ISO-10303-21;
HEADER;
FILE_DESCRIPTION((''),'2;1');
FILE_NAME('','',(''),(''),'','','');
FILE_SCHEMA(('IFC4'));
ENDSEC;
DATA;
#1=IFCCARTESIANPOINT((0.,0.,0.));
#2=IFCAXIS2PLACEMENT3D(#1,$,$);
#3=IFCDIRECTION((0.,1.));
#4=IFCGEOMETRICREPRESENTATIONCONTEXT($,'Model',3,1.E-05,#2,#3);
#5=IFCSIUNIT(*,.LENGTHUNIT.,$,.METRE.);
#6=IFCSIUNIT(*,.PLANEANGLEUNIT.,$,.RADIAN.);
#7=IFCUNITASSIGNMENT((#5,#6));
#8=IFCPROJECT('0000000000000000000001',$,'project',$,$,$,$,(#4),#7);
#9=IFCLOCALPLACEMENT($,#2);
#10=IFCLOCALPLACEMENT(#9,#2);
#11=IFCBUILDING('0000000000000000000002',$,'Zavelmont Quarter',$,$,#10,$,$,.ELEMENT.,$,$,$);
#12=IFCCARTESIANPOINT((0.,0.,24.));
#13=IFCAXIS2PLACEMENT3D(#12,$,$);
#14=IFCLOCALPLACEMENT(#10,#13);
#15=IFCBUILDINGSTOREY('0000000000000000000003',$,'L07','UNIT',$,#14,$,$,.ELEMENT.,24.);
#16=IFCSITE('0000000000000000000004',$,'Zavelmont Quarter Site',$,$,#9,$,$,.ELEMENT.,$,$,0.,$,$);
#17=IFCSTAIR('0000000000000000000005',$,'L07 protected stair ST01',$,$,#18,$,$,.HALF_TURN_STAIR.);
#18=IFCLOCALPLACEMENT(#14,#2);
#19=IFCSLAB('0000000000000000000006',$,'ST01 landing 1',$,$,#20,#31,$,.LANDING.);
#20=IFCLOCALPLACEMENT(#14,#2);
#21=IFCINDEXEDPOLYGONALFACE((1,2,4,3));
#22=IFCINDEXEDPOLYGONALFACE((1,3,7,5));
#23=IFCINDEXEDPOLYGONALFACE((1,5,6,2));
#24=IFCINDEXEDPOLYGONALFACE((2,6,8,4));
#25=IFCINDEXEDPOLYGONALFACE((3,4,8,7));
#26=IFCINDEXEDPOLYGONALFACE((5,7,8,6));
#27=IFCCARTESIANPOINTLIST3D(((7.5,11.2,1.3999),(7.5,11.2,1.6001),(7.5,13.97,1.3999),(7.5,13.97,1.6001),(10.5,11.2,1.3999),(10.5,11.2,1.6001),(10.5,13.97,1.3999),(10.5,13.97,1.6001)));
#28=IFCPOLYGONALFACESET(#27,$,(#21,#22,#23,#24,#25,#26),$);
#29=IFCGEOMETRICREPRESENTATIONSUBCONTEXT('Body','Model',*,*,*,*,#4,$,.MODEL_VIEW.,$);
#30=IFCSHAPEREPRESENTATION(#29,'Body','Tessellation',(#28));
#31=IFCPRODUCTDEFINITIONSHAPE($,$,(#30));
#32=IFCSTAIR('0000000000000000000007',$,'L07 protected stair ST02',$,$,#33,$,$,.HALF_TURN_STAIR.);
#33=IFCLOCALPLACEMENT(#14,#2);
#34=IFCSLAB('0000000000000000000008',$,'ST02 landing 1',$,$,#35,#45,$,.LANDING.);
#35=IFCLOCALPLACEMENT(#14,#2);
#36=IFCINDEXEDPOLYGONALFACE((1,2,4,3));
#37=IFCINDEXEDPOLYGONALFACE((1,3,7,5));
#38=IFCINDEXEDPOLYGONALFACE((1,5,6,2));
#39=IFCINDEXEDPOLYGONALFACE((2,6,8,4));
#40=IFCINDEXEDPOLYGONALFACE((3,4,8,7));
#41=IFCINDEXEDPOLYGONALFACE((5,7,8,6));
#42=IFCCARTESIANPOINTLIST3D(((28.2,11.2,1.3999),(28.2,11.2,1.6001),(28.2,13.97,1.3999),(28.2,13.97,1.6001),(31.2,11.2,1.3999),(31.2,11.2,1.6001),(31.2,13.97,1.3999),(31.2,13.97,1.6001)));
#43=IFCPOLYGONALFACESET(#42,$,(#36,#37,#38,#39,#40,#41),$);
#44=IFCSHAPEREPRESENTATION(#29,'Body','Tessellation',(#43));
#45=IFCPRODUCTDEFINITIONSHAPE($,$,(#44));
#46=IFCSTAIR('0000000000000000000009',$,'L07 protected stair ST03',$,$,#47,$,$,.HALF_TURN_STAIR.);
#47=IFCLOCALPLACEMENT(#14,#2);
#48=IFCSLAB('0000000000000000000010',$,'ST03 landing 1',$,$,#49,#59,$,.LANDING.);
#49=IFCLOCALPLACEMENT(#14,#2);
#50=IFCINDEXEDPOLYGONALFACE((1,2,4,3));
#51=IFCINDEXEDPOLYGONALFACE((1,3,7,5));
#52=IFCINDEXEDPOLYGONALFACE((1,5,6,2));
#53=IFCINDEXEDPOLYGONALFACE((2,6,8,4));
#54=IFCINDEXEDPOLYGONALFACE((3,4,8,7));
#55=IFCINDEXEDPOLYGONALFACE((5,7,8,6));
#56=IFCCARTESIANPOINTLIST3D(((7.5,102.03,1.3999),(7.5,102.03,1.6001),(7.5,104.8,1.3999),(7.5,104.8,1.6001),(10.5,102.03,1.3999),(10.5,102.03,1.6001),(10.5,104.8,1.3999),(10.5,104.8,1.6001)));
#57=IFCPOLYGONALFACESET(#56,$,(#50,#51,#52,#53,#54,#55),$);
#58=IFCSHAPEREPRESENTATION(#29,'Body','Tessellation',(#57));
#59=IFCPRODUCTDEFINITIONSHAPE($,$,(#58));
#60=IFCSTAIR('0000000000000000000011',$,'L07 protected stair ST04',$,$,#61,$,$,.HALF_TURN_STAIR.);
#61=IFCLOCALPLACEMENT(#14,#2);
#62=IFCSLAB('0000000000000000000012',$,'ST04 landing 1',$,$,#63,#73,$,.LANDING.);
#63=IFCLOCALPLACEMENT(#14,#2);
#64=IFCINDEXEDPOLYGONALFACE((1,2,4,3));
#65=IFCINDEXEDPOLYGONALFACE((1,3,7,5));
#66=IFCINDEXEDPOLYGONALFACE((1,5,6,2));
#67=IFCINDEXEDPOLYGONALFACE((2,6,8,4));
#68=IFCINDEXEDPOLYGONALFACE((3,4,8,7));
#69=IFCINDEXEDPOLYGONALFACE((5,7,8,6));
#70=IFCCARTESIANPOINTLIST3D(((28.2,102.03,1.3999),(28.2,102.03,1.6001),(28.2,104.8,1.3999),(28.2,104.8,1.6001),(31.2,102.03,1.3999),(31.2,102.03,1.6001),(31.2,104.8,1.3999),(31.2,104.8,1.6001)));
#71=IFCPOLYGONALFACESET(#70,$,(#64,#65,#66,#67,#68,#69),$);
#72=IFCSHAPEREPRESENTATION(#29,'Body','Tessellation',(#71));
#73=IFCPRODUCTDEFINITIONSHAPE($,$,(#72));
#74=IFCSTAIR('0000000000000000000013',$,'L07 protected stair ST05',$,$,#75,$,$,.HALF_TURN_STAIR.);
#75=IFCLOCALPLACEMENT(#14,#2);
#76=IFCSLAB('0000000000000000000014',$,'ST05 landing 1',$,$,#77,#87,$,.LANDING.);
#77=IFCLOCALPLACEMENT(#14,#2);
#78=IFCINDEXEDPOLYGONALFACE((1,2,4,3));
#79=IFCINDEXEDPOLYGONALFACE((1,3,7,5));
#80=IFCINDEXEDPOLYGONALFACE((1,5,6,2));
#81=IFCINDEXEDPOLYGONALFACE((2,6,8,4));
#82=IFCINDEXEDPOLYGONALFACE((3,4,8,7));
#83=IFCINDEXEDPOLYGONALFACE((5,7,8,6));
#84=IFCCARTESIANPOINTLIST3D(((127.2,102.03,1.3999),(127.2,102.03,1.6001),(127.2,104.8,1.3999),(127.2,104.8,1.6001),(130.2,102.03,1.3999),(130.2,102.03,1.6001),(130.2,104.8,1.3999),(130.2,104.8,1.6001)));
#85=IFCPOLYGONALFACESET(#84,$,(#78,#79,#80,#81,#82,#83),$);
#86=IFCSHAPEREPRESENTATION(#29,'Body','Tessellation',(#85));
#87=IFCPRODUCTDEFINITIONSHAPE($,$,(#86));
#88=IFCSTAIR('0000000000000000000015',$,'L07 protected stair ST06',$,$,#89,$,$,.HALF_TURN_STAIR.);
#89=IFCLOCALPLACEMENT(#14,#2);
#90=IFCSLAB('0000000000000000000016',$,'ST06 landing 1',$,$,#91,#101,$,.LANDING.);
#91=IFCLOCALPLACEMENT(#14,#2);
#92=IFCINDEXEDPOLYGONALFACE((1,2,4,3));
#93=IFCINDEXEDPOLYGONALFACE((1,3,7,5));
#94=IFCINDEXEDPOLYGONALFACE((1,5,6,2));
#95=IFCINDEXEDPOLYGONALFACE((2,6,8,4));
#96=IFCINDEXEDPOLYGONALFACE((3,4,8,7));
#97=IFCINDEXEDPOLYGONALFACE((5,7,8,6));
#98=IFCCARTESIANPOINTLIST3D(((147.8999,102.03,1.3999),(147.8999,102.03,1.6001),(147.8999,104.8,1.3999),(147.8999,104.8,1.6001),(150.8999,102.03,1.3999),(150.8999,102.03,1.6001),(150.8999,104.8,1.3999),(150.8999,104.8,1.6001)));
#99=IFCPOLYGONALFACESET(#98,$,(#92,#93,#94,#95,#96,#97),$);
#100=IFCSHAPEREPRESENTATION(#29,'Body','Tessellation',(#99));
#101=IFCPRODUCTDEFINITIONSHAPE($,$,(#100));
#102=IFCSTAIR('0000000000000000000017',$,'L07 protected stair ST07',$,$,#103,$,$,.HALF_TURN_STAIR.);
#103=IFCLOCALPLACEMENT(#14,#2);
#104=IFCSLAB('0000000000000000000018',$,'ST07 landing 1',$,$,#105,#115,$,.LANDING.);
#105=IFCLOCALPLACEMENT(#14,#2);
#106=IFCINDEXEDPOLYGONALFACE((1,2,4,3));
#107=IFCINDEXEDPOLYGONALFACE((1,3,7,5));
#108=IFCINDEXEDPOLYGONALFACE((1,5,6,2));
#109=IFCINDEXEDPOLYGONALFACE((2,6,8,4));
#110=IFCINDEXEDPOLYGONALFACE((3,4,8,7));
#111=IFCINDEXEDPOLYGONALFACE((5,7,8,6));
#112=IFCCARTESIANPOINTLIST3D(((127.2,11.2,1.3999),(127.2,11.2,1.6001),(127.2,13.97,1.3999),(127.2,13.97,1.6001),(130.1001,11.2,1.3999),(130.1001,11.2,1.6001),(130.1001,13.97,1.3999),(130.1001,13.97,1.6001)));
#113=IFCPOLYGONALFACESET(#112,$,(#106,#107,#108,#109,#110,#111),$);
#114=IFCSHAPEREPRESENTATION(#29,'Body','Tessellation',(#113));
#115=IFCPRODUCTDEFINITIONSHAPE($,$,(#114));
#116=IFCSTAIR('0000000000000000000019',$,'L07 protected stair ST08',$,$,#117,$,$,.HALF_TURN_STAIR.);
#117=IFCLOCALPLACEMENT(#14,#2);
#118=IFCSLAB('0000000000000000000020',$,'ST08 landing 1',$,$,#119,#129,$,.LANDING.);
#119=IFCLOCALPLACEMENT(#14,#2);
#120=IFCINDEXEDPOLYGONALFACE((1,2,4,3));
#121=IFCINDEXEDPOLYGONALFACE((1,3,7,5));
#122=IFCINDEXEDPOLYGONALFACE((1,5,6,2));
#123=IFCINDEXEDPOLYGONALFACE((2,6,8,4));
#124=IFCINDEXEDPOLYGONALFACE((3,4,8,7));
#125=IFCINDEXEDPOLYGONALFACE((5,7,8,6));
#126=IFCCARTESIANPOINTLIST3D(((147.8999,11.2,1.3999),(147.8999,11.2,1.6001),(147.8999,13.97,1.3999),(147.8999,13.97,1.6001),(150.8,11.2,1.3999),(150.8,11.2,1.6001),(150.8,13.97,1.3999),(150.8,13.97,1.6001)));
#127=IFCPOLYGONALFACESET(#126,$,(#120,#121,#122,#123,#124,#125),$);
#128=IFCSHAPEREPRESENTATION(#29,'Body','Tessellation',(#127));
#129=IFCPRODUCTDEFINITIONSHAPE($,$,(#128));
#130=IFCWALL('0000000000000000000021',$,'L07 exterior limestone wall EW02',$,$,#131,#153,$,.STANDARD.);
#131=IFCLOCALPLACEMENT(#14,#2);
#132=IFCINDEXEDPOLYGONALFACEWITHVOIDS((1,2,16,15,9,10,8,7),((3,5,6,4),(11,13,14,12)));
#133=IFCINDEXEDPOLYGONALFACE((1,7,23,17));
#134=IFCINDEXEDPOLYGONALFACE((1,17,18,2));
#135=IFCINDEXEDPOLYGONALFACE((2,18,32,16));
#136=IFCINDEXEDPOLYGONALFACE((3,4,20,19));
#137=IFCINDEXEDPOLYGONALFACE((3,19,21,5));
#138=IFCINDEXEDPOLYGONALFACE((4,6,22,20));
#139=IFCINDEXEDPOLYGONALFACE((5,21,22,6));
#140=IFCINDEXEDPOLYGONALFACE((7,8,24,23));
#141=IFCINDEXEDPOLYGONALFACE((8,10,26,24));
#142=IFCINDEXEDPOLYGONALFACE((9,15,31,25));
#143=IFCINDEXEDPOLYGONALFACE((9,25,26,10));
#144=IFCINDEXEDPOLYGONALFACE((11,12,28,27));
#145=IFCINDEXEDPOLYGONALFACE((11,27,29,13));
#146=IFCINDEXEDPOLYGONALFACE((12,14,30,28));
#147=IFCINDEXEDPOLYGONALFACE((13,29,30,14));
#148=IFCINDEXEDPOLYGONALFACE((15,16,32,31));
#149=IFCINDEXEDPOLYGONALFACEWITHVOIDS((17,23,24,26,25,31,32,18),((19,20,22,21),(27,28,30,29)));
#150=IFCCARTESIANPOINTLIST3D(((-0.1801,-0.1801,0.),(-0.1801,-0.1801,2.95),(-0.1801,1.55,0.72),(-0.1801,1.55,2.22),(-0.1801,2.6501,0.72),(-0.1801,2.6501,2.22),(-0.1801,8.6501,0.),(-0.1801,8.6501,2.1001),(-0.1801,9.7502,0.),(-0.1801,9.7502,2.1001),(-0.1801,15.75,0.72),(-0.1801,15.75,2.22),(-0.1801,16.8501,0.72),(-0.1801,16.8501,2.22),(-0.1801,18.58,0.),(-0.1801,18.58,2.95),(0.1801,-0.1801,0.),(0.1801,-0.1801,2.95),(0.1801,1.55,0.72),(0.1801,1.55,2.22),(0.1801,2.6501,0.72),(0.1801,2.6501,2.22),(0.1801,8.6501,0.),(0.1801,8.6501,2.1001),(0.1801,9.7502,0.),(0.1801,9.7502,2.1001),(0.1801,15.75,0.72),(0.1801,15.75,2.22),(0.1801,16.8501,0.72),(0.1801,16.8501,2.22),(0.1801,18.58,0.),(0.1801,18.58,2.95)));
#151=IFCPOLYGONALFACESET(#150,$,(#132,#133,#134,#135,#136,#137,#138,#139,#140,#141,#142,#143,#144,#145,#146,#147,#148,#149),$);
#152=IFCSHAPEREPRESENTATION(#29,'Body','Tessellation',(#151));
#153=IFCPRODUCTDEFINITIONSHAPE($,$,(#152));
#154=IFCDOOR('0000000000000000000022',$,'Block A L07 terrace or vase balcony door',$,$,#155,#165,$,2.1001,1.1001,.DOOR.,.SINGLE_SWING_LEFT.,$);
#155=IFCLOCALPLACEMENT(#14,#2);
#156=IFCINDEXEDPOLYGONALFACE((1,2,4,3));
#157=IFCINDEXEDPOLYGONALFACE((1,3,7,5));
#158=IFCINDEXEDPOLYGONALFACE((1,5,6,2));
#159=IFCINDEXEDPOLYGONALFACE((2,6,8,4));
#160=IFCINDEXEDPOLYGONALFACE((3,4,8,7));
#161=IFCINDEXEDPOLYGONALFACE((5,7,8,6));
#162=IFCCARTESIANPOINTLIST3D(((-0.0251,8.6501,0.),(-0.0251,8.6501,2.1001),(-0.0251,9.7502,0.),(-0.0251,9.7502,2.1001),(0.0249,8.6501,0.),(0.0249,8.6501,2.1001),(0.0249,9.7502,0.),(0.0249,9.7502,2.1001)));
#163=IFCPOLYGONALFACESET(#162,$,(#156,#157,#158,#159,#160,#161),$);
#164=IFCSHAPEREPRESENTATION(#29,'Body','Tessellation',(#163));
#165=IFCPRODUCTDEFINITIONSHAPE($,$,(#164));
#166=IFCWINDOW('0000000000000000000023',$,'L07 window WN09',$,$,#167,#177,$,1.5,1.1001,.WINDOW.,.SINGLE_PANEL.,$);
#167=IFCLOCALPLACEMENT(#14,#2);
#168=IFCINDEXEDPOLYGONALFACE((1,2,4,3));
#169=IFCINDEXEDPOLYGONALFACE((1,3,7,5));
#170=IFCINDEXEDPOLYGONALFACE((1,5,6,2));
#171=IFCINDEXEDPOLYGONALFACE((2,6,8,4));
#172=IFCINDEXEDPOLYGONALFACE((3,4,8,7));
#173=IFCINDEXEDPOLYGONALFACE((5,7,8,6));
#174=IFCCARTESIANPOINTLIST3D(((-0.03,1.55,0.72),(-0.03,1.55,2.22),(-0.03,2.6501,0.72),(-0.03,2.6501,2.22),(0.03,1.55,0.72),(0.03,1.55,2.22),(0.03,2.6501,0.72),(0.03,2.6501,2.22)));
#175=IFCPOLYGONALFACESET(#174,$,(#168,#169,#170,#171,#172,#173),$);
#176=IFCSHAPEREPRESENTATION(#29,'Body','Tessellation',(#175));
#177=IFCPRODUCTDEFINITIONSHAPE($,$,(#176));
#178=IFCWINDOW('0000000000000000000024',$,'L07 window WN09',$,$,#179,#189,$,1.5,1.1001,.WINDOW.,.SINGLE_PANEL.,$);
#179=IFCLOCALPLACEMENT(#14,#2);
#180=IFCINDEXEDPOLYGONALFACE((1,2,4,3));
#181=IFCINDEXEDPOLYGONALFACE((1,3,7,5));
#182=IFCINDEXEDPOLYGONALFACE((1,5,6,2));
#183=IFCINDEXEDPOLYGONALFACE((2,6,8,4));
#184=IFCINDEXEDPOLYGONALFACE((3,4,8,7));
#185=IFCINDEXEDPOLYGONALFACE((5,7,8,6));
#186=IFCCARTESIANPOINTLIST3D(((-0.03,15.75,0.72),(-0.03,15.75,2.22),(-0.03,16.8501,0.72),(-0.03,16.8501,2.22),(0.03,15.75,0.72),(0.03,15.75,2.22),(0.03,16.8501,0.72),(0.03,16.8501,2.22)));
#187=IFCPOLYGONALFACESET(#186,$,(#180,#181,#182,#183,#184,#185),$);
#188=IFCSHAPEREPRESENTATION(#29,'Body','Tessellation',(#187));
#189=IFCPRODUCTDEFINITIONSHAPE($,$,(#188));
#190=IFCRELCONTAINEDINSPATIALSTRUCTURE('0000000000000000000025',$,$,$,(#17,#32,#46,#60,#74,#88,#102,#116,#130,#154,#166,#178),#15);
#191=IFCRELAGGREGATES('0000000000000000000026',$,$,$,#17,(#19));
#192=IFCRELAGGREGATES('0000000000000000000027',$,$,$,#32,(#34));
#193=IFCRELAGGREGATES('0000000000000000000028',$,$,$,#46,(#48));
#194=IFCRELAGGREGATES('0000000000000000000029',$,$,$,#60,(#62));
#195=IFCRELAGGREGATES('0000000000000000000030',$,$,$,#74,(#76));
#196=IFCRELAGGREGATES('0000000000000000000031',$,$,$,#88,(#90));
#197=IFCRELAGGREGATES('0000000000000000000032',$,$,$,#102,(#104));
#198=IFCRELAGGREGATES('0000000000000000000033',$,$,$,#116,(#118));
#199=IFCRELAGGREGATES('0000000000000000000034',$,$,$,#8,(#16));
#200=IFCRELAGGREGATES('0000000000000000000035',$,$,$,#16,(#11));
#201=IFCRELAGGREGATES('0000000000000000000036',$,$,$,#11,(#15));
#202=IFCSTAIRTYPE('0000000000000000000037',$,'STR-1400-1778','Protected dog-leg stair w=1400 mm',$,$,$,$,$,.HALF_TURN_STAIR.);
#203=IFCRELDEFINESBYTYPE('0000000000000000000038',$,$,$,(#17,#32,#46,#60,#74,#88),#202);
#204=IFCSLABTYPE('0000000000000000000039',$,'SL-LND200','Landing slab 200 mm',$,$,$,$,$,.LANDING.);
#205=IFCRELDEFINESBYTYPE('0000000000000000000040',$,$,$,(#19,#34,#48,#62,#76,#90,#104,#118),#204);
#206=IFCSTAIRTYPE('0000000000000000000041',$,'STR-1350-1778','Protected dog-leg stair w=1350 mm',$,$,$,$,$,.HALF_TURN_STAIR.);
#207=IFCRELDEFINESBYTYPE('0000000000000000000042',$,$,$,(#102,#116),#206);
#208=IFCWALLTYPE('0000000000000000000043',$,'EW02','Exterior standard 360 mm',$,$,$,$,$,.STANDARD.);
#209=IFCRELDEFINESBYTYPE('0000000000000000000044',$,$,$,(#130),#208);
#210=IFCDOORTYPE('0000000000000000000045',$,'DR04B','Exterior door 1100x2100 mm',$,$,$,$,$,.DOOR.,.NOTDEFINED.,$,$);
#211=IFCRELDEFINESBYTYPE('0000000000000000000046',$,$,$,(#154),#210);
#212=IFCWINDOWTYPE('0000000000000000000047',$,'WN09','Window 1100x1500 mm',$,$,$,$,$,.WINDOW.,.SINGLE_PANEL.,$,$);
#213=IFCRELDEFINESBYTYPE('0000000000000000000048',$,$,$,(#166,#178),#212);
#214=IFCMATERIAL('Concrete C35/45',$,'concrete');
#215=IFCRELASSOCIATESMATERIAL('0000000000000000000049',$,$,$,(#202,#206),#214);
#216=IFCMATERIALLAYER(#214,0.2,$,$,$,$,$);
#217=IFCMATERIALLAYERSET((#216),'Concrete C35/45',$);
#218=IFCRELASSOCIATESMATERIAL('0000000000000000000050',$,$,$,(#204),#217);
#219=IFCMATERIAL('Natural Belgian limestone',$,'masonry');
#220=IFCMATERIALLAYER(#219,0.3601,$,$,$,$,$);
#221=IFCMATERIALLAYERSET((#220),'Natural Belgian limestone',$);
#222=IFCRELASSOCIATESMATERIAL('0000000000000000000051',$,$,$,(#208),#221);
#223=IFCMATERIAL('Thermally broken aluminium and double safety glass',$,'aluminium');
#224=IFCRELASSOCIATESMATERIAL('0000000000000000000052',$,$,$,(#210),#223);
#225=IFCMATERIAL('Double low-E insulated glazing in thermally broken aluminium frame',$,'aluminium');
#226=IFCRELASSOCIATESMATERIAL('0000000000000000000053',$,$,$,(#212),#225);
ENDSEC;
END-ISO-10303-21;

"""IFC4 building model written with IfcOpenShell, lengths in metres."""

from ifc_helpers import new_model, si_unit, direction, frame, frame_2d, origin, origin_with_axes, place, context, subcontext, project, spatial, polyline, rectangle, outline, extrude, material, layer, layer_set, type_object, element, fill, aggregate, save


model = new_model("IFC4")

# Units and contexts
model_context = context("Model", 3, precision=1e-05, world=origin(), true_north=direction((0.0, 1.0)))
body_context = subcontext(model_context, "Body", "Model", "MODEL_VIEW")
ifc_project = project(units=[si_unit("LENGTHUNIT", "METRE"), si_unit("PLANEANGLEUNIT", "RADIAN")], contexts=[model_context])

# Site, building, storey
site_placement = place(None, origin())
site = spatial("IfcSite", under=ifc_project, at=site_placement, Name="Zavelmont Quarter Site", CompositionType="ELEMENT", RefElevation=0.0)
building_placement = place(site_placement, origin())
building = spatial("IfcBuilding", under=site, at=building_placement, Name="Zavelmont Quarter", CompositionType="ELEMENT")
storey_placement = place(building_placement, frame((0.0, 0.0, 24.0)))
storey = spatial("IfcBuildingStorey", under=building, at=storey_placement, Name="L07", Description="UNIT", CompositionType="ELEMENT", Elevation=24.0)

# Stairs, slabs
ifc_material_1 = material(Name="Concrete C35/45", Category="concrete")
stair_type_1 = type_object("IfcStairType", Name="STR-1400-1778", Description="Protected dog-leg stair w=1400 mm", PredefinedType="HALF_TURN_STAIR", material=ifc_material_1)
stair_1_placement = place(storey_placement, origin())
stair_1 = element("IfcStair", 1, at=stair_1_placement, inside=storey, type_object=stair_type_1, Name="L07 protected stair ST01", PredefinedType="HALF_TURN_STAIR")
ifc_layer_1 = layer(ifc_material_1, 0.2)
ifc_layer_set_1 = layer_set([ifc_layer_1], Name="Concrete C35/45")
slab_type = type_object("IfcSlabType", Name="SL-LND200", Description="Landing slab 200 mm", PredefinedType="LANDING", material=ifc_layer_set_1)
slab_1_placement = place(storey_placement, frame((0.0, 0.0, 1.3999)))
slab_1 = element("IfcSlab", 2, at=slab_1_placement, type_object=slab_type, Name="ST01 landing 1", PredefinedType="LANDING", context=body_context, shape_type="SweptSolid", body=[
    extrude(outline(polyline([(7.5, 13.97), (7.5, 11.2), (10.5, 11.2), (10.5, 13.97), (7.5, 13.97)])), origin(), (0.0, 0.0, 1.0), 0.2002),
])
aggregate(stair_1, [slab_1])
stair_2_placement = place(storey_placement, origin())
stair_2 = element("IfcStair", 3, at=stair_2_placement, inside=storey, type_object=stair_type_1, Name="L07 protected stair ST02", PredefinedType="HALF_TURN_STAIR")
slab_2_placement = place(storey_placement, frame((0.0, 0.0, 1.3999)))
slab_2 = element("IfcSlab", 4, at=slab_2_placement, type_object=slab_type, Name="ST02 landing 1", PredefinedType="LANDING", context=body_context, shape_type="SweptSolid", body=[
    extrude(outline(polyline([(28.2, 13.97), (28.2, 11.2), (31.2, 11.2), (31.2, 13.97), (28.2, 13.97)])), origin(), (0.0, 0.0, 1.0), 0.2002),
])
aggregate(stair_2, [slab_2])
stair_3_placement = place(storey_placement, origin())
stair_3 = element("IfcStair", 5, at=stair_3_placement, inside=storey, type_object=stair_type_1, Name="L07 protected stair ST03", PredefinedType="HALF_TURN_STAIR")
slab_3_placement = place(storey_placement, frame((0.0, 0.0, 1.3999)))
slab_3 = element("IfcSlab", 6, at=slab_3_placement, type_object=slab_type, Name="ST03 landing 1", PredefinedType="LANDING", context=body_context, shape_type="SweptSolid", body=[
    extrude(outline(polyline([(10.5, 102.03), (10.5, 104.8), (7.5, 104.8), (7.5, 102.03), (10.5, 102.03)])), origin(), (0.0, 0.0, 1.0), 0.2002),
])
aggregate(stair_3, [slab_3])
stair_4_placement = place(storey_placement, origin())
stair_4 = element("IfcStair", 7, at=stair_4_placement, inside=storey, type_object=stair_type_1, Name="L07 protected stair ST04", PredefinedType="HALF_TURN_STAIR")
slab_4_placement = place(storey_placement, frame((0.0, 0.0, 1.3999)))
slab_4 = element("IfcSlab", 8, at=slab_4_placement, type_object=slab_type, Name="ST04 landing 1", PredefinedType="LANDING", context=body_context, shape_type="SweptSolid", body=[
    extrude(outline(polyline([(31.2, 102.03), (31.2, 104.8), (28.2, 104.8), (28.2, 102.03), (31.2, 102.03)])), origin(), (0.0, 0.0, 1.0), 0.2002),
])
aggregate(stair_4, [slab_4])
stair_5_placement = place(storey_placement, origin())
stair_5 = element("IfcStair", 9, at=stair_5_placement, inside=storey, type_object=stair_type_1, Name="L07 protected stair ST05", PredefinedType="HALF_TURN_STAIR")
slab_5_placement = place(storey_placement, frame((0.0, 0.0, 1.3999)))
slab_5 = element("IfcSlab", 10, at=slab_5_placement, type_object=slab_type, Name="ST05 landing 1", PredefinedType="LANDING", context=body_context, shape_type="SweptSolid", body=[
    extrude(outline(polyline([(130.2, 102.03), (130.2, 104.8), (127.2, 104.8), (127.2, 102.03), (130.2, 102.03)])), origin(), (0.0, 0.0, 1.0), 0.2002),
])
aggregate(stair_5, [slab_5])
stair_6_placement = place(storey_placement, origin())
stair_6 = element("IfcStair", 11, at=stair_6_placement, inside=storey, type_object=stair_type_1, Name="L07 protected stair ST06", PredefinedType="HALF_TURN_STAIR")
slab_6_placement = place(storey_placement, frame((0.0, 0.0, 1.3999)))
slab_6 = element("IfcSlab", 12, at=slab_6_placement, type_object=slab_type, Name="ST06 landing 1", PredefinedType="LANDING", context=body_context, shape_type="SweptSolid", body=[
    extrude(outline(polyline([(150.8999, 102.03), (150.8999, 104.8), (147.8999, 104.8), (147.8999, 102.03), (150.8999, 102.03)])), origin(), (0.0, 0.0, 1.0), 0.2002),
])
aggregate(stair_6, [slab_6])
stair_type_2 = type_object("IfcStairType", Name="STR-1350-1778", Description="Protected dog-leg stair w=1350 mm", PredefinedType="HALF_TURN_STAIR", material=ifc_material_1)
stair_7_placement = place(storey_placement, origin())
stair_7 = element("IfcStair", 13, at=stair_7_placement, inside=storey, type_object=stair_type_2, Name="L07 protected stair ST07", PredefinedType="HALF_TURN_STAIR")
slab_7_placement = place(storey_placement, frame((0.0, 0.0, 1.3999)))
slab_7 = element("IfcSlab", 14, at=slab_7_placement, type_object=slab_type, Name="ST07 landing 1", PredefinedType="LANDING", context=body_context, shape_type="SweptSolid", body=[
    extrude(outline(polyline([(127.2, 13.97), (127.2, 11.2), (130.1001, 11.2), (130.1001, 13.97), (127.2, 13.97)])), origin(), (0.0, 0.0, 1.0), 0.2002),
])
aggregate(stair_7, [slab_7])
stair_8_placement = place(storey_placement, origin())
stair_8 = element("IfcStair", 15, at=stair_8_placement, inside=storey, type_object=stair_type_2, Name="L07 protected stair ST08", PredefinedType="HALF_TURN_STAIR")
slab_8_placement = place(storey_placement, frame((0.0, 0.0, 1.3999)))
slab_8 = element("IfcSlab", 16, at=slab_8_placement, type_object=slab_type, Name="ST08 landing 1", PredefinedType="LANDING", context=body_context, shape_type="SweptSolid", body=[
    extrude(outline(polyline([(147.8999, 13.97), (147.8999, 11.2), (150.8, 11.2), (150.8, 13.97), (147.8999, 13.97)])), origin(), (0.0, 0.0, 1.0), 0.2002),
])
aggregate(stair_8, [slab_8])

# Wall, openings, door, windows
ifc_material_2 = material(Name="Natural Belgian limestone", Category="masonry")
ifc_layer_2 = layer(ifc_material_2, 0.3601)
ifc_layer_set_2 = layer_set([ifc_layer_2], Name="Natural Belgian limestone")
wall_type = type_object("IfcWallType", Name="EW02", Description="Exterior standard 360 mm", PredefinedType="STANDARD", material=ifc_layer_set_2)
wall_placement = place(storey_placement, frame((0.0, -0.1799, 0.0), z_axis=(0.0, 0.0, 1.0), x_axis=(0.0, 1.0, 0.0)))
wall = element("IfcWall", 17, at=wall_placement, inside=storey, type_object=wall_type, Name="L07 exterior limestone wall EW02", PredefinedType="STANDARD", context=body_context, shape_type="SweptSolid", body=[
    extrude(rectangle(XDim=18.76, YDim=0.3601, at=frame_2d((9.3799, 0.0))), origin(), (0.0, 0.0, 1.0), 2.95),
])
opening_1_placement = place(wall_placement, frame((8.8301, 0.0, 0.0)))
opening_1 = element("IfcOpeningElement", 18, at=opening_1_placement, cuts=wall, PredefinedType="OPENING", context=body_context, shape_type="SweptSolid", body=[
    extrude(rectangle(XDim=1.1001, YDim=2.1001, at=frame_2d((0.55, 1.05))), frame((0.0, 0.1919, 0.0), z_axis=(0.0, -1.0, 0.0), x_axis=(1.0, 0.0, 0.0)), (0.0, 0.0, 1.0), 0.384),
])
opening_2_placement = place(wall_placement, frame((1.73, 0.0, 0.72)))
opening_2 = element("IfcOpeningElement", 19, at=opening_2_placement, cuts=wall, PredefinedType="OPENING", context=body_context, shape_type="SweptSolid", body=[
    extrude(rectangle(XDim=1.1001, YDim=1.5, at=frame_2d((0.55, 0.75))), frame((0.0, 0.1919, 0.0), z_axis=(0.0, -1.0, 0.0), x_axis=(1.0, 0.0, 0.0)), (0.0, 0.0, 1.0), 0.384),
])
opening_3_placement = place(wall_placement, frame((15.9299, 0.0, 0.72)))
opening_3 = element("IfcOpeningElement", 20, at=opening_3_placement, cuts=wall, PredefinedType="OPENING", context=body_context, shape_type="SweptSolid", body=[
    extrude(rectangle(XDim=1.1001, YDim=1.5, at=frame_2d((0.55, 0.75))), frame((0.0, 0.1919, 0.0), z_axis=(0.0, -1.0, 0.0), x_axis=(1.0, 0.0, 0.0)), (0.0, 0.0, 1.0), 0.384),
])
ifc_material_3 = material(Name="Thermally broken aluminium and double safety glass", Category="aluminium")
door_type = type_object("IfcDoorType", Name="DR04B", Description="Exterior door 1100x2100 mm", OperationType="NOTDEFINED", PredefinedType="DOOR", material=ifc_material_3)
door_placement = place(opening_1_placement, frame((1.1001, 0.0, 0.0), z_axis=(0.0, 0.0, 1.0), x_axis=(-1.0, 0.0, 0.0)))
door = element("IfcDoor", 21, at=door_placement, inside=storey, type_object=door_type, Name="Block A L07 terrace or vase balcony door", OperationType="SINGLE_SWING_LEFT", OverallHeight=2.1001, OverallWidth=1.1001, PredefinedType="DOOR", context=body_context, shape_type="SweptSolid", body=[
    extrude(rectangle(XDim=1.1001, YDim=2.1001, at=frame_2d((0.55, 1.05))), frame((0.0, 0.0249, 0.0), z_axis=(0.0, -1.0, 0.0), x_axis=(1.0, 0.0, 0.0)), (0.0, 0.0, 1.0), 0.05),
])
fill(opening_1, door)
ifc_material_4 = material(Name="Double low-E insulated glazing in thermally broken aluminium frame", Category="aluminium")
window_type = type_object("IfcWindowType", Name="WN09", Description="Window 1100x1500 mm", PartitioningType="SINGLE_PANEL", PredefinedType="WINDOW", material=ifc_material_4)
window_1_placement = place(opening_2_placement, origin_with_axes())
window_1 = element("IfcWindow", 22, at=window_1_placement, inside=storey, type_object=window_type, Name="L07 window WN09", OverallHeight=1.5, OverallWidth=1.1001, PartitioningType="SINGLE_PANEL", PredefinedType="WINDOW", context=body_context, shape_type="SweptSolid", body=[
    extrude(rectangle(XDim=1.1001, YDim=1.5, at=frame_2d((0.55, 0.75))), frame((0.0, 0.03, 0.0), z_axis=(0.0, -1.0, 0.0), x_axis=(1.0, 0.0, 0.0)), (0.0, 0.0, 1.0), 0.0601),
])
fill(opening_2, window_1)
window_2_placement = place(opening_3_placement, origin_with_axes())
window_2 = element("IfcWindow", 23, at=window_2_placement, inside=storey, type_object=window_type, Name="L07 window WN09", OverallHeight=1.5, OverallWidth=1.1001, PartitioningType="SINGLE_PANEL", PredefinedType="WINDOW", context=body_context, shape_type="SweptSolid", body=[
    extrude(rectangle(XDim=1.1001, YDim=1.5, at=frame_2d((0.55, 0.75))), frame((0.0, 0.03, 0.0), z_axis=(0.0, -1.0, 0.0), x_axis=(1.0, 0.0, 0.0)), (0.0, 0.0, 1.0), 0.0601),
])
fill(opening_3, window_2)

save(model, "model.ifc")
